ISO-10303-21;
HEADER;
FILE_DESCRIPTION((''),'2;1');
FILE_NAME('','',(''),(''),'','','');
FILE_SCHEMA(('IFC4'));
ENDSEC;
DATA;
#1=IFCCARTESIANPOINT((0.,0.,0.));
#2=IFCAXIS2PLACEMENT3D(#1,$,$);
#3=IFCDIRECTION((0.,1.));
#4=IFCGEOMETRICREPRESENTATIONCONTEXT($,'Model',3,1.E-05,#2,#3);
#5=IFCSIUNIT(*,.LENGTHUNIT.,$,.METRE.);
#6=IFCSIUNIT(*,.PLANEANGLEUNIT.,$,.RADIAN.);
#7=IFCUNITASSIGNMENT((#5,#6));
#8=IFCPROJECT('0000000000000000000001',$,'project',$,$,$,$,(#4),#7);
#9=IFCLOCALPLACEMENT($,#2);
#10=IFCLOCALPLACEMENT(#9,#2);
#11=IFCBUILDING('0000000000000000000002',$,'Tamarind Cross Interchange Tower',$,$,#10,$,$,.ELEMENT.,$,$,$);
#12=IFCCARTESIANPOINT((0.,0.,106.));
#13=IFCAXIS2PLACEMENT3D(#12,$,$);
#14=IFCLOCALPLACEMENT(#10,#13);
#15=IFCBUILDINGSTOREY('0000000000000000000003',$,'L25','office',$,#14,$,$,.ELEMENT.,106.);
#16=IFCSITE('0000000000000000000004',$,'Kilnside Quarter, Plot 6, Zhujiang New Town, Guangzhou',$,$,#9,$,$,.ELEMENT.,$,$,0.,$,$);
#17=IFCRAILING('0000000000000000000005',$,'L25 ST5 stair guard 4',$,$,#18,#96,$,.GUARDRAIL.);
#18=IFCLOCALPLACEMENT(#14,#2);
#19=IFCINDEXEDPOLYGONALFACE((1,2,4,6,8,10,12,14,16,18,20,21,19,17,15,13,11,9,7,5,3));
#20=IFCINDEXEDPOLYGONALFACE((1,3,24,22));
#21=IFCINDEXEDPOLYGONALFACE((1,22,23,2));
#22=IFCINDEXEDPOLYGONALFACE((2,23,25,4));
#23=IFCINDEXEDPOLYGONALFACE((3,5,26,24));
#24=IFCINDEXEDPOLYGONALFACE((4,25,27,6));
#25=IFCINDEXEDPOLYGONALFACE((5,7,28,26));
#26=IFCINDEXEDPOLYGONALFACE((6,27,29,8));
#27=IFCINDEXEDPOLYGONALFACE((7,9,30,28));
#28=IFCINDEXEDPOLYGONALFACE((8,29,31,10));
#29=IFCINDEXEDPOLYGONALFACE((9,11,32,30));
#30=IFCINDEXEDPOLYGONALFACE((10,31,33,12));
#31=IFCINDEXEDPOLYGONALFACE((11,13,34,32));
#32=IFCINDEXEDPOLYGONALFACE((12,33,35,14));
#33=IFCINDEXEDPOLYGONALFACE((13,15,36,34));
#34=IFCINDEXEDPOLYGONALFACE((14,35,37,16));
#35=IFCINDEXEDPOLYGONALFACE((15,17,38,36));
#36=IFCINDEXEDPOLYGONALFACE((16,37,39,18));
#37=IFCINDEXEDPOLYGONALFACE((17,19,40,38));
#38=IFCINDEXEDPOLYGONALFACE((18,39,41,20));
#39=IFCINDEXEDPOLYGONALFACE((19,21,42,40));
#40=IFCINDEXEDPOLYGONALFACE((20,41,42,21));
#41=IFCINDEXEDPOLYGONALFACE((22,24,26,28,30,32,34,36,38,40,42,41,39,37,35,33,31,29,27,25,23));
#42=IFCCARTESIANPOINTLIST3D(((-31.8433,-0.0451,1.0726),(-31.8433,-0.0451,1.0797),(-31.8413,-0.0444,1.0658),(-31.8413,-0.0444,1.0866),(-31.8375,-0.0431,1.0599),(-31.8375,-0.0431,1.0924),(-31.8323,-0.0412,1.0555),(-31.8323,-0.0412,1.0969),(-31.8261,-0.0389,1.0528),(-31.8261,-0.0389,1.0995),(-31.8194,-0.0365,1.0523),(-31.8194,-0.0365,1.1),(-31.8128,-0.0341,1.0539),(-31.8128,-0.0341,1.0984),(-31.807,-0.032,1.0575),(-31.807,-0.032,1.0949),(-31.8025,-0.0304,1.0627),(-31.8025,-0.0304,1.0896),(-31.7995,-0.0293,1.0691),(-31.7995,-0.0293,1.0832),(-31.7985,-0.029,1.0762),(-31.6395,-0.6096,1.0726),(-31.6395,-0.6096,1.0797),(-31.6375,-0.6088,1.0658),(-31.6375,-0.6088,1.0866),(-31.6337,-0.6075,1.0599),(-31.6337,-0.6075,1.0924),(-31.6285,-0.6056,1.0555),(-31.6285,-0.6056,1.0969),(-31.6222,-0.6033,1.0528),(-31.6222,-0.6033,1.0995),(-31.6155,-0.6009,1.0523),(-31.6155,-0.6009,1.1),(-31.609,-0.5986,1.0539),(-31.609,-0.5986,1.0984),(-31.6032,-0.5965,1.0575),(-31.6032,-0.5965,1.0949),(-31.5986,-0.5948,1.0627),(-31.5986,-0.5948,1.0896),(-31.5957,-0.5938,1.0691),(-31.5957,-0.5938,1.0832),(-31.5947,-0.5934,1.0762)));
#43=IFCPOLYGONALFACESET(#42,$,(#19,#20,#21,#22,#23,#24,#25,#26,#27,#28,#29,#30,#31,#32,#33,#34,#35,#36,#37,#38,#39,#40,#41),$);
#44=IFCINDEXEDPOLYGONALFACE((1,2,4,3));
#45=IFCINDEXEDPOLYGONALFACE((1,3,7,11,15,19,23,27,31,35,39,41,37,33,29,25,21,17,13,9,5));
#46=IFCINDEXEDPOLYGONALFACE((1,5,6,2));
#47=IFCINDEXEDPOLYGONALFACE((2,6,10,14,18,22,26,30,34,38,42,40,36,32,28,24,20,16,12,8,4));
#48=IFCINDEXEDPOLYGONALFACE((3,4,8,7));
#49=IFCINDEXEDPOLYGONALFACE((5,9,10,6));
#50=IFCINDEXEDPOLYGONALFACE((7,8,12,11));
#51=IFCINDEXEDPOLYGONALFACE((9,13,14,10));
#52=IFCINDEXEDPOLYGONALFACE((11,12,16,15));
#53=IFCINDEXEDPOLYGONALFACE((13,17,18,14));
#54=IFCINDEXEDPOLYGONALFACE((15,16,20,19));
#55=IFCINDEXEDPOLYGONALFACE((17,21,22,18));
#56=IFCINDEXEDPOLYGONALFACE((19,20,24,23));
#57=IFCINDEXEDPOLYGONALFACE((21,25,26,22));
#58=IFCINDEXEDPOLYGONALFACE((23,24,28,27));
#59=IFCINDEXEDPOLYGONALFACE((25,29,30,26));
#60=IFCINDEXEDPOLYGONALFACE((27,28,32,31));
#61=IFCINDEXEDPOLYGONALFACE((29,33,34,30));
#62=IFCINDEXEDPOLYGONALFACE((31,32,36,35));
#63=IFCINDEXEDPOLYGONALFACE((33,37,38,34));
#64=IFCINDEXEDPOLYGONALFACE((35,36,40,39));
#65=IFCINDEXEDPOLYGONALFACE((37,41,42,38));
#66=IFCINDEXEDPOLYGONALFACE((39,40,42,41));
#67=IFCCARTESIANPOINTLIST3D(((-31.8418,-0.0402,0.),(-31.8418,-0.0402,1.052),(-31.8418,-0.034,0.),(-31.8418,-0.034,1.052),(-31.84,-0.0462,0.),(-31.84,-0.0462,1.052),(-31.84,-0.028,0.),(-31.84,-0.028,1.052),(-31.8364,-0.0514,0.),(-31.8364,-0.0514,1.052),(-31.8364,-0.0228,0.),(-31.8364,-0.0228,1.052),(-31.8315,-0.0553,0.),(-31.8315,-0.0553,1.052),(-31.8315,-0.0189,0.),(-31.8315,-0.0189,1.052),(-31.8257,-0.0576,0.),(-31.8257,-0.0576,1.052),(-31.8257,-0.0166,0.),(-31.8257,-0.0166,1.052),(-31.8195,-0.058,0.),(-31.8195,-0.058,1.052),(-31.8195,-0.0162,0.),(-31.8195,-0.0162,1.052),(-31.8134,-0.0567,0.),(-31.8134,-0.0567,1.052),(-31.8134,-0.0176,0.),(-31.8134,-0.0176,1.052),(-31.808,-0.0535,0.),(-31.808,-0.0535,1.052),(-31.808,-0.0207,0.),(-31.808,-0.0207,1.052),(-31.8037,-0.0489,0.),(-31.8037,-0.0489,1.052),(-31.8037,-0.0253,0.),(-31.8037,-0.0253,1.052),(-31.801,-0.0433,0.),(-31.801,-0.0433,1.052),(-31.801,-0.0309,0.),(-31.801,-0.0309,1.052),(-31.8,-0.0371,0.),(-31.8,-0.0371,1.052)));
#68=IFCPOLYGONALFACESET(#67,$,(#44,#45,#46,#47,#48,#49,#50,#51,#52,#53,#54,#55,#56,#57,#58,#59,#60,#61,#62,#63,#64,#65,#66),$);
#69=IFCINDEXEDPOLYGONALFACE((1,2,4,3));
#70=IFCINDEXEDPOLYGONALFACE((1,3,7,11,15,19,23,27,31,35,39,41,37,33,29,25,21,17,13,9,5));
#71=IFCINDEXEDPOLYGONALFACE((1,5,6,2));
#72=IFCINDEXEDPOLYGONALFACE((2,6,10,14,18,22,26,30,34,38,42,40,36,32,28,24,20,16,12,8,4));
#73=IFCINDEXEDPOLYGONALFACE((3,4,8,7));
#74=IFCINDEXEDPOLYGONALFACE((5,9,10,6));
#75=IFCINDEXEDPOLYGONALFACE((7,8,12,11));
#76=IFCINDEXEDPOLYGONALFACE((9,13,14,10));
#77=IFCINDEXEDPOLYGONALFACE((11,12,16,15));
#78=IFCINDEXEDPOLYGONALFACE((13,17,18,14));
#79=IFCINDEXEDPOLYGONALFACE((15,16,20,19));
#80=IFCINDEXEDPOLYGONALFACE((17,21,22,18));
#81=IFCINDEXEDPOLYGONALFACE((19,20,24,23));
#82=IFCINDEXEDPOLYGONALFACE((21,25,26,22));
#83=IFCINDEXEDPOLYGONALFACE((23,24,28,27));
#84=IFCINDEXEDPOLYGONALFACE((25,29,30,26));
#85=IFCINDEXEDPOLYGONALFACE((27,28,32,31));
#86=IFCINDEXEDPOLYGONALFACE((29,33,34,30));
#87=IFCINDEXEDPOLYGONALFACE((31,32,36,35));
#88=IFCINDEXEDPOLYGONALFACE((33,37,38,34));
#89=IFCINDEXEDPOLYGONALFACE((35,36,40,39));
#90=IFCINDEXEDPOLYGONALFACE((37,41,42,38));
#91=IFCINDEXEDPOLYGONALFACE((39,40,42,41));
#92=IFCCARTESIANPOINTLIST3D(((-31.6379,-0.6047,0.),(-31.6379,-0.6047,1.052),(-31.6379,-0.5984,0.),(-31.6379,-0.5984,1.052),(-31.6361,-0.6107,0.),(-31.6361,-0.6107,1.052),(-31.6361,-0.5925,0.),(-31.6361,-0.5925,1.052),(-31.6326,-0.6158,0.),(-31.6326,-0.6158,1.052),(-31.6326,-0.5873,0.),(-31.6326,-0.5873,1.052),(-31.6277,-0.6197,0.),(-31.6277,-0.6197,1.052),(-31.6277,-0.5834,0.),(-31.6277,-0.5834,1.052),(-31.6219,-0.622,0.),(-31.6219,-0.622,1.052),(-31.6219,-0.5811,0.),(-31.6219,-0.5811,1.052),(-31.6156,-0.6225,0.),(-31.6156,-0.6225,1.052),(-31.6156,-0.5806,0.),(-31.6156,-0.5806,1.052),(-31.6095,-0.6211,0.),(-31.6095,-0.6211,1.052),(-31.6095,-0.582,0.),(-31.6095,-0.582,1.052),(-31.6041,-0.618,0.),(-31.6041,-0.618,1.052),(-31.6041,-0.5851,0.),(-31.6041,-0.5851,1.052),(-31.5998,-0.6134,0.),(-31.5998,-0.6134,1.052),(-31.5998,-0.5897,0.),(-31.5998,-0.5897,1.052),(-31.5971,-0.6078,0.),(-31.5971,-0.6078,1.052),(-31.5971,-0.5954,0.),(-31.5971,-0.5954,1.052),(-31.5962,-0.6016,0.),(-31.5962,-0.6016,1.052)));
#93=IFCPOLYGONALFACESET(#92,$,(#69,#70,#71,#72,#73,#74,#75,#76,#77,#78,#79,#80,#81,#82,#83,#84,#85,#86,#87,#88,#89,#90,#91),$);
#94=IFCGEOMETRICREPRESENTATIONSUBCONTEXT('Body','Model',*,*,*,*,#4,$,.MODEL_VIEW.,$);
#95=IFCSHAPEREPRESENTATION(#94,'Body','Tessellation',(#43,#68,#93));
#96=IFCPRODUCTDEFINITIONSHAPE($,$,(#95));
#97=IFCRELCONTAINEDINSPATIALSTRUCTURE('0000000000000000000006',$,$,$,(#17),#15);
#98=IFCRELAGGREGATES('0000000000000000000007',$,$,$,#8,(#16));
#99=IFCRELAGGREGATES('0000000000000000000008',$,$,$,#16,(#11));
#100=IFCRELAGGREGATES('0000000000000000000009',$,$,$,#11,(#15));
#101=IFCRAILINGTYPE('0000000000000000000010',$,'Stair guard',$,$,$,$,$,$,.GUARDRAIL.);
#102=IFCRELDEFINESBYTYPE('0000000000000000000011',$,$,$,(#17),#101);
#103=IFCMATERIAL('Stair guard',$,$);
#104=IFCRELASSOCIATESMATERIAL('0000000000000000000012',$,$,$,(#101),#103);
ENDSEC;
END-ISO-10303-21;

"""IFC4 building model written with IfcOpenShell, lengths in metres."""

from ifc_helpers import new_model, si_unit, direction, frame, origin, origin_2d, place, context, subcontext, project, spatial, circle, extrude, material, type_object, element, save


model = new_model("IFC4")

# Units and contexts
model_context = context("Model", 3, precision=1e-05, world=origin(), true_north=direction((0.0, 1.0)))
body_context = subcontext(model_context, "Body", "Model", "MODEL_VIEW")
ifc_project = project(units=[si_unit("LENGTHUNIT", "METRE"), si_unit("PLANEANGLEUNIT", "RADIAN")], contexts=[model_context])

# Site, building, storey
site_placement = place(None, origin())
site = spatial("IfcSite", under=ifc_project, at=site_placement, Name="Kilnside Quarter, Plot 6, Zhujiang New Town, Guangzhou", CompositionType="ELEMENT", RefElevation=0.0)
building_placement = place(site_placement, origin())
building = spatial("IfcBuilding", under=site, at=building_placement, Name="Tamarind Cross Interchange Tower", CompositionType="ELEMENT")
storey_placement = place(building_placement, frame((0.0, 0.0, 106.0)))
storey = spatial("IfcBuildingStorey", under=building, at=storey_placement, Name="L25", Description="office", CompositionType="ELEMENT", Elevation=106.0)

# Railing
ifc_material_1 = material(Name="Stair guard")
railing_type_1 = type_object("IfcRailingType", Name="Stair guard", PredefinedType="GUARDRAIL", material=ifc_material_1)
railing_1_placement = place(storey_placement, frame((-31.821, -0.0371, 0.0)))
element("IfcRailing", 1, at=railing_1_placement, inside=storey, type_object=railing_type_1, Name="L25 ST5 stair guard 4", PredefinedType="GUARDRAIL", context=body_context, shape_type="SweptSolid", body=[
    extrude(circle(Radius=0.0239, at=origin_2d()), frame((0.0, 0.0, 1.0762), z_axis=(0.339684, -0.940539, 0.0), x_axis=(0.940539, 0.339684, 0.0)), (0.0, 0.0, 1.0), 0.6001),
    extrude(circle(Radius=0.021, at=origin_2d()), origin(), (0.0, 0.0, 1.0), 1.052),
    extrude(circle(Radius=0.021, at=origin_2d()), frame((0.2039, -0.5645, 0.0)), (0.0, 0.0, 1.0), 1.052),
])

save(model, "model.ifc")
